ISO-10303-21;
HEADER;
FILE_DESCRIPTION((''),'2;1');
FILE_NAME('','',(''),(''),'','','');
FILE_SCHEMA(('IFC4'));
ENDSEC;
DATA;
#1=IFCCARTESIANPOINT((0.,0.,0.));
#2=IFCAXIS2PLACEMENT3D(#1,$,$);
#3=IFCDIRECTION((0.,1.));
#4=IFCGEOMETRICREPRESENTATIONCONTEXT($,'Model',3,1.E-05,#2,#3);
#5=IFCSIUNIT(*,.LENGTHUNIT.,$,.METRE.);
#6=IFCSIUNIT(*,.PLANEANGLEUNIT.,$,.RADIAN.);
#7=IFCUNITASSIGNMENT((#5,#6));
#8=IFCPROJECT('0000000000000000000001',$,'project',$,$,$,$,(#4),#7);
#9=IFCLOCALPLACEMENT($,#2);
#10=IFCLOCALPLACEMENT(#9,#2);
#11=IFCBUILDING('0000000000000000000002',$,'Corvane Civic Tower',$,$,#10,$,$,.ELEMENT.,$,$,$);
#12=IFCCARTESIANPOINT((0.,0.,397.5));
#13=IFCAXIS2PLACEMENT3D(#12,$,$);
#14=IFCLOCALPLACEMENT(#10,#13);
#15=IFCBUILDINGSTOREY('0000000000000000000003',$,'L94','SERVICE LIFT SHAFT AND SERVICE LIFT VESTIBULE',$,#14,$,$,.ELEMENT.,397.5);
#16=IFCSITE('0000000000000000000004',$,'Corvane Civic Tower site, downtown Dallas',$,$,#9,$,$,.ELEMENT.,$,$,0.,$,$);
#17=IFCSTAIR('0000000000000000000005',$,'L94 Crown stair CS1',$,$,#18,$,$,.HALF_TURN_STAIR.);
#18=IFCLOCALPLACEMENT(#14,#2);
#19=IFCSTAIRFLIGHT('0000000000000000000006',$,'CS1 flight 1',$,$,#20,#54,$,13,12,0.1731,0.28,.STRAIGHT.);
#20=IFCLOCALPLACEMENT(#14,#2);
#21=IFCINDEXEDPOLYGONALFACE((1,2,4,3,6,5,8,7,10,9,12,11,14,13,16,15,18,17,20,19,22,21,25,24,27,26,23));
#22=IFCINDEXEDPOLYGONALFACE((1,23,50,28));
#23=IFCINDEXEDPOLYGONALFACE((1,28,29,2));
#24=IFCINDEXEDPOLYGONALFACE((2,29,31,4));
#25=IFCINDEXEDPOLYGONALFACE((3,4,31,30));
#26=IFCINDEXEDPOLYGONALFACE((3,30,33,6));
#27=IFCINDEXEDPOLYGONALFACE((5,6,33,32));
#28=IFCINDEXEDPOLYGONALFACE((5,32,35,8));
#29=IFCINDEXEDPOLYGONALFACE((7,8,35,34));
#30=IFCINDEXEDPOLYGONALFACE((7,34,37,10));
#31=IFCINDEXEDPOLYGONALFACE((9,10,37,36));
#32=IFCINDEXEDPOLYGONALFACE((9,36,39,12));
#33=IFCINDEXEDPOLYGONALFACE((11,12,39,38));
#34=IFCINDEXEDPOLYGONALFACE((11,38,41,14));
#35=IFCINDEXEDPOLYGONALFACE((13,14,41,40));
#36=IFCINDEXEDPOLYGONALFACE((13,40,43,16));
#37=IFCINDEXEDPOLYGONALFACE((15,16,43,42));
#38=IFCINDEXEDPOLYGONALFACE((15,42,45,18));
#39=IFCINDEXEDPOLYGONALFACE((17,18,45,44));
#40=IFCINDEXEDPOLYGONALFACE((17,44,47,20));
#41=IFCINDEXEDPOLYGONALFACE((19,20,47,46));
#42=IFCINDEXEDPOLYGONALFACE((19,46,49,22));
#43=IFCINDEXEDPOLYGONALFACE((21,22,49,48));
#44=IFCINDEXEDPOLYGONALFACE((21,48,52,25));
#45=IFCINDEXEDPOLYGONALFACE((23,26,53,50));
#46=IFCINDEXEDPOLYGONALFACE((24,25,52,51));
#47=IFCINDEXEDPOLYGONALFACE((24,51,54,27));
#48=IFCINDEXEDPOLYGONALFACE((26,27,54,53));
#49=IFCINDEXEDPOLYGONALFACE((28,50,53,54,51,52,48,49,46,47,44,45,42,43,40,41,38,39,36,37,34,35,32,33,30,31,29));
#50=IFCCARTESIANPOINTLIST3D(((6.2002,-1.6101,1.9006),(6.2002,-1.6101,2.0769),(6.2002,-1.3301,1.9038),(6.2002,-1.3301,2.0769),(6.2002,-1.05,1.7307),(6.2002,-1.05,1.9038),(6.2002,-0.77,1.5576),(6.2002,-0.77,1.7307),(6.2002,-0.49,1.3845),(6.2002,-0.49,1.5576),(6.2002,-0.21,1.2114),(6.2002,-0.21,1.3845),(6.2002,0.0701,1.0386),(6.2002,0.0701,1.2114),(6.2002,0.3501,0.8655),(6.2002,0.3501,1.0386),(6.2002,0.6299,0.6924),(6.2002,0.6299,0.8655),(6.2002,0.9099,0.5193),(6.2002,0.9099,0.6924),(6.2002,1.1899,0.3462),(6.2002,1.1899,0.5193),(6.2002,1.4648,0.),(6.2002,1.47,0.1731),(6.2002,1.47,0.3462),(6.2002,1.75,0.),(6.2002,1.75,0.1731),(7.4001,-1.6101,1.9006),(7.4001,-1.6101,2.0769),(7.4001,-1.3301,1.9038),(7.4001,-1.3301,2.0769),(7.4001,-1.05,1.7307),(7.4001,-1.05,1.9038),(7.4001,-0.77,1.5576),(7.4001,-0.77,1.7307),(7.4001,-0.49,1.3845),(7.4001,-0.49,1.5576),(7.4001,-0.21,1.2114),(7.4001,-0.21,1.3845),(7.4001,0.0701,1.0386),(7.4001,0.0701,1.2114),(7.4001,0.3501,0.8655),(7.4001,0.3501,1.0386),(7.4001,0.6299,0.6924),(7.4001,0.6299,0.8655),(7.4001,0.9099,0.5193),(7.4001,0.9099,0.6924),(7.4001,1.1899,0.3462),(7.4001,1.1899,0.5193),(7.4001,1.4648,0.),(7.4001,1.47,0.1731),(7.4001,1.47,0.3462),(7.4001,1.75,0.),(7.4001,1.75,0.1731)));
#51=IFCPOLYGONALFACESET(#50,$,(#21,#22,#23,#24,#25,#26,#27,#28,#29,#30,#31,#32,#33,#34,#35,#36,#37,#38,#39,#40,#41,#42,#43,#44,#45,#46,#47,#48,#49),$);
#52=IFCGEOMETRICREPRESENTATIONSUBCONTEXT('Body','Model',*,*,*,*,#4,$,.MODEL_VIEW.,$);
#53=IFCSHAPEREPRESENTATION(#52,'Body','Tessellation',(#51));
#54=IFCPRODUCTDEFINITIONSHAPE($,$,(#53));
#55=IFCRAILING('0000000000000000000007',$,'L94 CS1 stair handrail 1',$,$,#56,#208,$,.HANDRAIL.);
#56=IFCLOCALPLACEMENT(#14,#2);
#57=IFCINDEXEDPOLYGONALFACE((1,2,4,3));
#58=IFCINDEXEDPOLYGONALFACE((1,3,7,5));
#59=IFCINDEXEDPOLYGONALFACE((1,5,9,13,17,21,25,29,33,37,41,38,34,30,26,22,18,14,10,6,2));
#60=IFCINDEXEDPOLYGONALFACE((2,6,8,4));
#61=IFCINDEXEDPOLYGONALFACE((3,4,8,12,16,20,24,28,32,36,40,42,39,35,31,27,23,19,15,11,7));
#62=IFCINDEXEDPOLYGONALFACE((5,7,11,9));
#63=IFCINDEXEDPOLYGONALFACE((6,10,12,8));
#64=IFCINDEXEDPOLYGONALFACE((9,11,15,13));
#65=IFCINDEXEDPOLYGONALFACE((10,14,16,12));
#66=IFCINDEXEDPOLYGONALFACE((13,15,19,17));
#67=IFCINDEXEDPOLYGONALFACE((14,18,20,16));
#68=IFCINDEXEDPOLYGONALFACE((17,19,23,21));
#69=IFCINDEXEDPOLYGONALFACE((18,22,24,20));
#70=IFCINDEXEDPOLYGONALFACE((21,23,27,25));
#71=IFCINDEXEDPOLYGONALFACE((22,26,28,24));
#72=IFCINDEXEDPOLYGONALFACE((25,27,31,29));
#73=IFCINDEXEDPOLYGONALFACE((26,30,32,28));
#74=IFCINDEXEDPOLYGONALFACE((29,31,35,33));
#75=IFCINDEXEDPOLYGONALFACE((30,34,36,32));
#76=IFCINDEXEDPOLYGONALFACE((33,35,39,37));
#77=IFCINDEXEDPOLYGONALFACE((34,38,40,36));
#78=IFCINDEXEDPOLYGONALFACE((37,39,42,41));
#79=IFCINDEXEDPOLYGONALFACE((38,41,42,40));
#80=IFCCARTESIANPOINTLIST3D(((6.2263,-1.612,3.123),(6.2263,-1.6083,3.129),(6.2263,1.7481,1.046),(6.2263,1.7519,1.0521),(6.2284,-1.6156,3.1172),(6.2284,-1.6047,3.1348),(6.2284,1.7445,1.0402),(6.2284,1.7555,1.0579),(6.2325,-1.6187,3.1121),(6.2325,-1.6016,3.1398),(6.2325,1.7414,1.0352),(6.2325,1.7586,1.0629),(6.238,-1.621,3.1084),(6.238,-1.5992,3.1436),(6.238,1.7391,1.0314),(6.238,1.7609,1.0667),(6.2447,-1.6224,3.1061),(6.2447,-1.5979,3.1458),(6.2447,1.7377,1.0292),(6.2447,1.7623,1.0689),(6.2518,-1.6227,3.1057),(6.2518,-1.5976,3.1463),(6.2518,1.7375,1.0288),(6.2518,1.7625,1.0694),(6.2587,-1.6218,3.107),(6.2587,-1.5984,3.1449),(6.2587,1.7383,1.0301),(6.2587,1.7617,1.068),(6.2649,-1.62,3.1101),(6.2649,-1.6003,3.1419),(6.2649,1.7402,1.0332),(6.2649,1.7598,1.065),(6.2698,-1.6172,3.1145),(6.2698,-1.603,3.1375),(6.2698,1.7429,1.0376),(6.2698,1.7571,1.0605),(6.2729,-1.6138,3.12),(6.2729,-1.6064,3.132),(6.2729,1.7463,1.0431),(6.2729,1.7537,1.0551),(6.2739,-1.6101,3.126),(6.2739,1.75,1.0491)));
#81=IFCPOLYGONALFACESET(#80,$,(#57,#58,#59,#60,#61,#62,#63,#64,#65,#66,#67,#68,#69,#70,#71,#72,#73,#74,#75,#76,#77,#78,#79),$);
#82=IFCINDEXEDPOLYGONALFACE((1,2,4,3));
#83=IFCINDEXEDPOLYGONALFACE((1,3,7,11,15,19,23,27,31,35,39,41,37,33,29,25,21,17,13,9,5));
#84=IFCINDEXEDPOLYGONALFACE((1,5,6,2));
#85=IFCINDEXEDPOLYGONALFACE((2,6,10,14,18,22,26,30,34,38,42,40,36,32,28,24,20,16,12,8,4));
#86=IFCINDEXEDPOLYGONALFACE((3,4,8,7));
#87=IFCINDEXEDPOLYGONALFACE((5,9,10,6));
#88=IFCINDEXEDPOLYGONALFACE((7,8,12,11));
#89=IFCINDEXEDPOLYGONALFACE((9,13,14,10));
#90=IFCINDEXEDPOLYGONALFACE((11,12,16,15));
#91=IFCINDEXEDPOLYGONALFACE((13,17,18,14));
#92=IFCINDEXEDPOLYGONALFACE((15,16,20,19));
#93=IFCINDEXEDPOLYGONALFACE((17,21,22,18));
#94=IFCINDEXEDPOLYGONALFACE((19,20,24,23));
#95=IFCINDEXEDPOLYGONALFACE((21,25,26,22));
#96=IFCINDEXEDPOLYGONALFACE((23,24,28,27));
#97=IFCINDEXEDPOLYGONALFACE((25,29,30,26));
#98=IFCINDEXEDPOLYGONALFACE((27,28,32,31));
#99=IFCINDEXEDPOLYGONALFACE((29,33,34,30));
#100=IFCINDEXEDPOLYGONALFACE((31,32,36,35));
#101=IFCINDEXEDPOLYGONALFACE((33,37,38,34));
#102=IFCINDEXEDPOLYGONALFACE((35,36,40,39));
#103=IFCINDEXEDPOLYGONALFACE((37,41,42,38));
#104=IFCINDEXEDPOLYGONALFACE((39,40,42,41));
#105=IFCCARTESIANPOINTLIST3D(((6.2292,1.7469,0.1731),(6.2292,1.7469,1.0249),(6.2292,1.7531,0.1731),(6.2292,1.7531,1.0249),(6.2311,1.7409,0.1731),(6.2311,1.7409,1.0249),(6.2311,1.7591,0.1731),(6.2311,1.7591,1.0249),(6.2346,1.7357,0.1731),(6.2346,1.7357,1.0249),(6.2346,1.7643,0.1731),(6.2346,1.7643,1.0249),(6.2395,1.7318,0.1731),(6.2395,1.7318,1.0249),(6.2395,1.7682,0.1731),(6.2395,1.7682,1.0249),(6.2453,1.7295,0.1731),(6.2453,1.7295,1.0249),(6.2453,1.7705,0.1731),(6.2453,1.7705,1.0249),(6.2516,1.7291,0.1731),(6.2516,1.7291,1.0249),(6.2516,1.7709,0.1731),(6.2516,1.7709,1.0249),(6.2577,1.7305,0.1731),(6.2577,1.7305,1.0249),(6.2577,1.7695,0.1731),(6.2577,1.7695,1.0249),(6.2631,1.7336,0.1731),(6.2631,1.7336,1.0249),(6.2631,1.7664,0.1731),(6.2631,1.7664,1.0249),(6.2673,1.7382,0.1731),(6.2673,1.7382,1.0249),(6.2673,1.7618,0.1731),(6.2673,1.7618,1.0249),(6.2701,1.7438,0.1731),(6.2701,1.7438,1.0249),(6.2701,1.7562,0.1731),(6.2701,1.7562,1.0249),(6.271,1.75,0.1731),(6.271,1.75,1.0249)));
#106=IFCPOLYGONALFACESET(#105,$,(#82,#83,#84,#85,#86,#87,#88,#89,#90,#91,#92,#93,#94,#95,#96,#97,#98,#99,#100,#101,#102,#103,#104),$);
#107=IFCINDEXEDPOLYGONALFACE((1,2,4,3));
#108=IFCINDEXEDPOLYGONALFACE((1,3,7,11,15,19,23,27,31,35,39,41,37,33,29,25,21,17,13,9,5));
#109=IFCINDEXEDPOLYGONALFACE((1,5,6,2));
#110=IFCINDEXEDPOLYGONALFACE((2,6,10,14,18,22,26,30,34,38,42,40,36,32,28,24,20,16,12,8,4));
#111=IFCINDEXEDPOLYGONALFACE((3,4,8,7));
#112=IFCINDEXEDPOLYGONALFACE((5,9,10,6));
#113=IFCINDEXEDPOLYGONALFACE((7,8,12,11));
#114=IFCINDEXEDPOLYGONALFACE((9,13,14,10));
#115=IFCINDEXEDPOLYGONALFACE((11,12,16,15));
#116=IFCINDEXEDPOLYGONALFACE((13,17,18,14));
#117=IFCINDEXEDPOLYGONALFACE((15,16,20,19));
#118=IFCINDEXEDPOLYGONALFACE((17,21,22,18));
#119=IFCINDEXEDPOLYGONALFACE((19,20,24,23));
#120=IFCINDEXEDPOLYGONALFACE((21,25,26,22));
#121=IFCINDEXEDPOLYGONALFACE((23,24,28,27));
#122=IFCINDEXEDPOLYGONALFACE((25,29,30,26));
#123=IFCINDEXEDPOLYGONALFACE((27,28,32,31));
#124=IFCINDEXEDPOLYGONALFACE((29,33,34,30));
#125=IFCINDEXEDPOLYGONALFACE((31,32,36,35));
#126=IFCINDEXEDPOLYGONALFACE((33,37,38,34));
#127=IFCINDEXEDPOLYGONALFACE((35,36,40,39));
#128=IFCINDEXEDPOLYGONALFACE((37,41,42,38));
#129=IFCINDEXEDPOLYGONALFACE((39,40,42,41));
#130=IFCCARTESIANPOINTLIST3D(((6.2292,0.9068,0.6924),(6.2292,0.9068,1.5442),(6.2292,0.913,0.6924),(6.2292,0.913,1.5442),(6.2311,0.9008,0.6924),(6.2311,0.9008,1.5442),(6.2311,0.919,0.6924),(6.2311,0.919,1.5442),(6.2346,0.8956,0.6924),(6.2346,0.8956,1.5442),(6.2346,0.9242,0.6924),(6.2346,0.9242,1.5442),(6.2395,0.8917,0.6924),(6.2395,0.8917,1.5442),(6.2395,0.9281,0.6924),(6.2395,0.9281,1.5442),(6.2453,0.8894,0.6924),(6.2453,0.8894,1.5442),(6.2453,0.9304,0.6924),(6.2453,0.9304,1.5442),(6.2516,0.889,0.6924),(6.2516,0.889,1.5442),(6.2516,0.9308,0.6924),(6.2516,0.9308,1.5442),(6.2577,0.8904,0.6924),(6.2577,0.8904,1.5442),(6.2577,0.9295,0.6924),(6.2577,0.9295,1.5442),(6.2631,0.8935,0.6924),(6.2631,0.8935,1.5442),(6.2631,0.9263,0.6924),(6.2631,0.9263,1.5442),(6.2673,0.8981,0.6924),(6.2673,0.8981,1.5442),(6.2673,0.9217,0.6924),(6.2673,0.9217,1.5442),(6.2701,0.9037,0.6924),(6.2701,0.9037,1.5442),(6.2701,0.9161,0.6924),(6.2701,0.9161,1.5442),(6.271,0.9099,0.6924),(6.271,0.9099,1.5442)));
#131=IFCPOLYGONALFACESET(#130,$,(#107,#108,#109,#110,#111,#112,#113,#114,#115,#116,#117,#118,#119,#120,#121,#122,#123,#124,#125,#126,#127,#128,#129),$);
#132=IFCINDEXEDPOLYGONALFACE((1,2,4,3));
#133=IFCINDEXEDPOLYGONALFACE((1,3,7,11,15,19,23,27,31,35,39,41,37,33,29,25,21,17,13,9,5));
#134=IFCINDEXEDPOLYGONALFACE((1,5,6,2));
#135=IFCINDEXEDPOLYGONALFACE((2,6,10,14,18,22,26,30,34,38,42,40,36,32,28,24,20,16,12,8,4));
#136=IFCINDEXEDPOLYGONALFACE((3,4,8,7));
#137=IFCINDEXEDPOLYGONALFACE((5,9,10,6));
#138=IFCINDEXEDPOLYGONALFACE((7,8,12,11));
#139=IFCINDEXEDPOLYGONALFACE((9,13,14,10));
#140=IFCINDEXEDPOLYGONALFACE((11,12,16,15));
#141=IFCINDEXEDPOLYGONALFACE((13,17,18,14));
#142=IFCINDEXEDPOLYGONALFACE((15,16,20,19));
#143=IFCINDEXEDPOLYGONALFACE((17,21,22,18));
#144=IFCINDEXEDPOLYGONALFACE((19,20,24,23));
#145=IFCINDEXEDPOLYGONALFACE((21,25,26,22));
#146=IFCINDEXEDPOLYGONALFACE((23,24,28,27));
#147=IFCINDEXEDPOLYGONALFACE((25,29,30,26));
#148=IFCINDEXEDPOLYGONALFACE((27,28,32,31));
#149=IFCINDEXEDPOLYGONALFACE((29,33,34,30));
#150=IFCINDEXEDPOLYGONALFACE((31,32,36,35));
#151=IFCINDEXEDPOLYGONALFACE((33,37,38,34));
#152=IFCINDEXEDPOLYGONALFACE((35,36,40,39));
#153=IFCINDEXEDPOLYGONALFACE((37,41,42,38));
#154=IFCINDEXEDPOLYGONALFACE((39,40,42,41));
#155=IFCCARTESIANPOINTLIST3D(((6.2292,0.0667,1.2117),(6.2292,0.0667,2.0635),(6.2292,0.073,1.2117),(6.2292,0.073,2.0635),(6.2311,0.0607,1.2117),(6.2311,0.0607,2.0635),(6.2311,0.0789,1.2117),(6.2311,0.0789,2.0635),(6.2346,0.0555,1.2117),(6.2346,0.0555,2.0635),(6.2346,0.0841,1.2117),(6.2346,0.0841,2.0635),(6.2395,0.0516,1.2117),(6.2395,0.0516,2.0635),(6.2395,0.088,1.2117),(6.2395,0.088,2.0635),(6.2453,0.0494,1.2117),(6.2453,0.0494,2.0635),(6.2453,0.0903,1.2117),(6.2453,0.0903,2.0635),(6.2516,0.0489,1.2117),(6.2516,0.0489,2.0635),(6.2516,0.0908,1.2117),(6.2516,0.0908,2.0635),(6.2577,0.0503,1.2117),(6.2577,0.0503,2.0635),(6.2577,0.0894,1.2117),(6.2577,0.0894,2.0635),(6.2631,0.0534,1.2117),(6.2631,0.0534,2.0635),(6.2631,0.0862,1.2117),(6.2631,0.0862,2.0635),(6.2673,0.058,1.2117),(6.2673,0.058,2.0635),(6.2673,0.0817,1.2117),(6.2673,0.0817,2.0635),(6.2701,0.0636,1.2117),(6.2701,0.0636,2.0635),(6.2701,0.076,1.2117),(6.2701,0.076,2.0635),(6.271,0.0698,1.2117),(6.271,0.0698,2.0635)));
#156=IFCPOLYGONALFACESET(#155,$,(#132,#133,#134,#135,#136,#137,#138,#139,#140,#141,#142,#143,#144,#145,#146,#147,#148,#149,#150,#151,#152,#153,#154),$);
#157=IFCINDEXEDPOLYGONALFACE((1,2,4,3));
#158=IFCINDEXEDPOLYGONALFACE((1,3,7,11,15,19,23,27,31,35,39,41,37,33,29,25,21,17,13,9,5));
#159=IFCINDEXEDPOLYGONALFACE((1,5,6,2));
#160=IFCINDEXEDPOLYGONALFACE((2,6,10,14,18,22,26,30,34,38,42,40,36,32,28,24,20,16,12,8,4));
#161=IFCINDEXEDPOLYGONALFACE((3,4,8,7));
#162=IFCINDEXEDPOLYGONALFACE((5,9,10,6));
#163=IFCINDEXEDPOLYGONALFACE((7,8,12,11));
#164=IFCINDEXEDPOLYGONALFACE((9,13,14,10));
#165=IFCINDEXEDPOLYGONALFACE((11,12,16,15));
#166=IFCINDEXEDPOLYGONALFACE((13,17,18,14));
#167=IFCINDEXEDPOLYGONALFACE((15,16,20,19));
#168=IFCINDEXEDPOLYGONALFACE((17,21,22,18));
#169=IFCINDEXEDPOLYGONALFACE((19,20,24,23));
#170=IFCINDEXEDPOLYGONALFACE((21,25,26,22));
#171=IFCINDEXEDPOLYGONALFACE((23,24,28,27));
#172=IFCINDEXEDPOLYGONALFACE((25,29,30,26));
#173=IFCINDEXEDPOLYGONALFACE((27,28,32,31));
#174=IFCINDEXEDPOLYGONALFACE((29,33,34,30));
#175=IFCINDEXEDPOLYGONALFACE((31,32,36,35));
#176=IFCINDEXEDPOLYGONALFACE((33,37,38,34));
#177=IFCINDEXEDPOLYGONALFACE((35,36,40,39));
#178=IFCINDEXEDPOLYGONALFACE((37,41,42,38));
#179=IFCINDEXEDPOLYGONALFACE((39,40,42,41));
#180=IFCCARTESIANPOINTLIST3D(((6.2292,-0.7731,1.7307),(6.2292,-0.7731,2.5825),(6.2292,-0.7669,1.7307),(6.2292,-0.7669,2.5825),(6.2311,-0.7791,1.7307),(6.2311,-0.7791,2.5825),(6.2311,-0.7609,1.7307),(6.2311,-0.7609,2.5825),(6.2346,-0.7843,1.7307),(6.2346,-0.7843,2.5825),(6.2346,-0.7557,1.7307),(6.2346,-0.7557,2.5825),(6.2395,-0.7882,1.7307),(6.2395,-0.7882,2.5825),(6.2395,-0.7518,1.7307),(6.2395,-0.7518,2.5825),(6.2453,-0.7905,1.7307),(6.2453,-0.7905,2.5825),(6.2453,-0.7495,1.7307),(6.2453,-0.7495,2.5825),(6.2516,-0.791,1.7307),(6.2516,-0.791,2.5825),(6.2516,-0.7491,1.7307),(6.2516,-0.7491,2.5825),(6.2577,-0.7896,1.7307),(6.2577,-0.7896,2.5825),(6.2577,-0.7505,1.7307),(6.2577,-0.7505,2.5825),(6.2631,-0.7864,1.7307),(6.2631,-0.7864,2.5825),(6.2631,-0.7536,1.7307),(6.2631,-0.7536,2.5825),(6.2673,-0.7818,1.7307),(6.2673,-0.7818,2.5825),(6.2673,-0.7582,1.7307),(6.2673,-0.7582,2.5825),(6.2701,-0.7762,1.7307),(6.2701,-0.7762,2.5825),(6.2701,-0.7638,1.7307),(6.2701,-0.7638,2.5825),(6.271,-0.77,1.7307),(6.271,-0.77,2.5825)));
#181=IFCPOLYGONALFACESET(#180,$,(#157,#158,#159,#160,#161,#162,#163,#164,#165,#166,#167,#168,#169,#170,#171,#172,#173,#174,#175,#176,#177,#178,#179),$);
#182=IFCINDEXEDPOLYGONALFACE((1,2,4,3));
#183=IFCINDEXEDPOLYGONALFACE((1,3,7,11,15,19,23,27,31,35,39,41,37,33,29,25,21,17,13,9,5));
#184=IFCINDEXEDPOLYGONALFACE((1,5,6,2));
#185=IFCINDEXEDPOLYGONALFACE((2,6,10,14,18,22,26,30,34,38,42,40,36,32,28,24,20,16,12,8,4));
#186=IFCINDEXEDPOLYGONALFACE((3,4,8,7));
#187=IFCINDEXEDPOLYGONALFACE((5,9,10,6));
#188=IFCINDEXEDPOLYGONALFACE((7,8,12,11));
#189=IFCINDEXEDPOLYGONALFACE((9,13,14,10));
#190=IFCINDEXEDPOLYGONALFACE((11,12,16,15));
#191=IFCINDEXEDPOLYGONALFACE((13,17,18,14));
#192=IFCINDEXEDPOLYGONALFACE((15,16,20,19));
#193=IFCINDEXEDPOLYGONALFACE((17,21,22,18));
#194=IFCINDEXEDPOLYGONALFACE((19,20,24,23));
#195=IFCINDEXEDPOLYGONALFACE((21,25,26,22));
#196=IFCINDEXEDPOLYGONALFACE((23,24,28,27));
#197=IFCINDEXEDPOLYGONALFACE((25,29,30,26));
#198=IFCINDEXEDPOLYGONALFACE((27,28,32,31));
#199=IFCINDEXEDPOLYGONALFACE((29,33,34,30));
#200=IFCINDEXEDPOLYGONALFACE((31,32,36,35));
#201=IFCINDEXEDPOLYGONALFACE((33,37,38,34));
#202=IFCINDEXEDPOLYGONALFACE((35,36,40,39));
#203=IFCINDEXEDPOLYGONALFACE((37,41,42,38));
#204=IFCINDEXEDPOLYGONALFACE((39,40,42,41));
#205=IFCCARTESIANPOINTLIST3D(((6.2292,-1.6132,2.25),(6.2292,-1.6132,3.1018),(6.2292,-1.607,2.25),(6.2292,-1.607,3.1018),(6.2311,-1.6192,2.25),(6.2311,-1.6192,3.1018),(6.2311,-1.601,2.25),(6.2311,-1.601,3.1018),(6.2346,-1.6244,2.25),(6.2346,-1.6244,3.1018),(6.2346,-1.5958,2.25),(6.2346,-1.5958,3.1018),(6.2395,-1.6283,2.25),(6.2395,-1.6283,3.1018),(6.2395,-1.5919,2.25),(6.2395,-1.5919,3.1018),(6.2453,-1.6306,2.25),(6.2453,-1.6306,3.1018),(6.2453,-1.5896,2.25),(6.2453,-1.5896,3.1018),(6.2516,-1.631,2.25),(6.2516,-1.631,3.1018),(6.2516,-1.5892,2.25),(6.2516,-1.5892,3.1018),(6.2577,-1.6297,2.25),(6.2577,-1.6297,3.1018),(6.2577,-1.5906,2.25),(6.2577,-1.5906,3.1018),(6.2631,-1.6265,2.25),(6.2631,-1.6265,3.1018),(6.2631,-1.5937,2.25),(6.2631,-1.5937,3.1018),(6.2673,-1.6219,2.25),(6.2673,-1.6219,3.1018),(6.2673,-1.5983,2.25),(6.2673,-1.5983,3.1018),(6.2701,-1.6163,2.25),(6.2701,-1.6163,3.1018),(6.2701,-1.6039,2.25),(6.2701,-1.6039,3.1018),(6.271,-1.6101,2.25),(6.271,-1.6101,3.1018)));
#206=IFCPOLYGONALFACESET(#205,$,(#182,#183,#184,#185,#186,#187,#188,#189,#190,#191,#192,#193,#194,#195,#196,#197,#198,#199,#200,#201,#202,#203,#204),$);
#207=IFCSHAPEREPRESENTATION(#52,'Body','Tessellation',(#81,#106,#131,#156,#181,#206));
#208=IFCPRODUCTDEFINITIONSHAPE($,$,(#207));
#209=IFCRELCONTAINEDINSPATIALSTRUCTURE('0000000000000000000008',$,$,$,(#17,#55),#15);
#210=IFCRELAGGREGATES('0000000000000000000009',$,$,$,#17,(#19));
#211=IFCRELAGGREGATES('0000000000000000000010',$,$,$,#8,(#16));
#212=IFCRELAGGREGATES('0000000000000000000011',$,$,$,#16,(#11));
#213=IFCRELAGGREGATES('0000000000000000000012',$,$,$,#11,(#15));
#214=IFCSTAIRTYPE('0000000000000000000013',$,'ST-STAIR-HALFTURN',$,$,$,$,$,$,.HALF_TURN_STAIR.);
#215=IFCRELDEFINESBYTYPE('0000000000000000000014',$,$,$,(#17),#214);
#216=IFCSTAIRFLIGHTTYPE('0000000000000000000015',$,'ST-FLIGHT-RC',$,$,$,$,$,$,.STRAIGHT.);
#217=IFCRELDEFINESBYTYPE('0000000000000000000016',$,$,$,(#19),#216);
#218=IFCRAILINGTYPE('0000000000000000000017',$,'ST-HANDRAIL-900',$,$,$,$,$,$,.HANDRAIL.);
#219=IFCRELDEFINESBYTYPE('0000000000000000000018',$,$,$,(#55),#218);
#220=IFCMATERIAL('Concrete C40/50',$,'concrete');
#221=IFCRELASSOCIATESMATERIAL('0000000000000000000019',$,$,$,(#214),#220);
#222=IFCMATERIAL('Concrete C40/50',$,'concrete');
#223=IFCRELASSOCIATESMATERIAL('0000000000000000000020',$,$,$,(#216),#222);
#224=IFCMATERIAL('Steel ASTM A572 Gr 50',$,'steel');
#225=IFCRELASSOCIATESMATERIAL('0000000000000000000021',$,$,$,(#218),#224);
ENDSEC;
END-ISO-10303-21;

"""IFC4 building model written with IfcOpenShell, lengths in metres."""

from ifc_helpers import new_model, si_unit, direction, frame, origin, origin_2d, place, context, subcontext, project, spatial, polyline, circle, outline, extrude, material, type_object, element, aggregate, save


model = new_model("IFC4")

# Units and contexts
model_context = context("Model", 3, precision=1e-05, world=origin(), true_north=direction((0.0, 1.0)))
body_context = subcontext(model_context, "Body", "Model", "MODEL_VIEW")
ifc_project = project(units=[si_unit("LENGTHUNIT", "METRE"), si_unit("PLANEANGLEUNIT", "RADIAN")], contexts=[model_context])

# Site, building, storey
site_placement = place(None, origin())
site = spatial("IfcSite", under=ifc_project, at=site_placement, Name="Corvane Civic Tower site, downtown Dallas", CompositionType="ELEMENT", RefElevation=0.0)
building_placement = place(site_placement, origin())
building = spatial("IfcBuilding", under=site, at=building_placement, Name="Corvane Civic Tower", CompositionType="ELEMENT")
storey_placement = place(building_placement, frame((0.0, 0.0, 397.5)))
storey = spatial("IfcBuildingStorey", under=building, at=storey_placement, Name="L94", Description="SERVICE LIFT SHAFT AND SERVICE LIFT VESTIBULE", CompositionType="ELEMENT", Elevation=397.5)

# Stair, stair flight
ifc_material_1 = material(Name="Concrete C40/50", Category="concrete")
stair_type = type_object("IfcStairType", Name="ST-STAIR-HALFTURN", PredefinedType="HALF_TURN_STAIR", material=ifc_material_1)
stair_placement = place(storey_placement, origin())
stair = element("IfcStair", 1, at=stair_placement, inside=storey, type_object=stair_type, Name="L94 Crown stair CS1", PredefinedType="HALF_TURN_STAIR")
ifc_material_2 = material(Name="Concrete C40/50", Category="concrete")
stair_flight_type = type_object("IfcStairFlightType", Name="ST-FLIGHT-RC", PredefinedType="STRAIGHT", material=ifc_material_2)
stair_flight_placement = place(storey_placement, frame((6.8, 1.75, 0.0), z_axis=(0.0, 0.0, 1.0), x_axis=(0.0, -1.0, 0.0)))
stair_flight = element("IfcStairFlight", 2, at=stair_flight_placement, type_object=stair_flight_type, Name="CS1 flight 1", NumberOfRisers=13, NumberOfTreads=12, PredefinedType="STRAIGHT", RiserHeight=0.1731, TreadLength=0.28, context=body_context, shape_type="SweptSolid", body=[
    extrude(outline(polyline([(0.0, 0.0), (0.0, 0.1731), (0.28, 0.1731), (0.28, 0.3462), (0.5601, 0.3462), (0.5601, 0.5193), (0.8401, 0.5193), (0.8401, 0.6924), (1.1201, 0.6924), (1.1201, 0.8655), (1.3999, 0.8655), (1.3999, 1.0386), (1.6799, 1.0386), (1.6799, 1.2114), (1.96, 1.2114), (1.96, 1.3845), (2.24, 1.3845), (2.24, 1.5576), (2.52, 1.5576), (2.52, 1.7307), (2.8, 1.7307), (2.8, 1.9038), (3.0801, 1.9038), (3.0801, 2.0769), (3.3601, 2.0769), (3.3601, 2.25), (3.3601, 1.9006), (0.2852, 0.0), (0.0, 0.0)])), frame((0.0, 0.6001, 0.0), z_axis=(0.0, -1.0, 0.0), x_axis=(1.0, 0.0, 0.0)), (0.0, 0.0, 1.0), 1.2),
])
aggregate(stair, [stair_flight])

# Railing
ifc_material_3 = material(Name="Steel ASTM A572 Gr 50", Category="steel")
railing_type_1 = type_object("IfcRailingType", Name="ST-HANDRAIL-900", PredefinedType="HANDRAIL", material=ifc_material_3)
railing_1_placement = place(storey_placement, frame((6.25, 1.75, 0.1731)))
element("IfcRailing", 3, at=railing_1_placement, inside=storey, type_object=railing_type_1, Name="L94 CS1 stair handrail 1", PredefinedType="HANDRAIL", context=body_context, shape_type="SweptSolid", body=[
    extrude(circle(Radius=0.0239, at=origin_2d()), frame((0.0, 0.0, 0.876), z_axis=(0.0, -0.850623, 0.525776), x_axis=(1.0, 0.0, 0.0)), (0.0, 0.0, 1.0), 3.9502),
    extrude(circle(Radius=0.021, at=origin_2d()), origin(), (0.0, 0.0, 1.0), 0.8518),
    extrude(circle(Radius=0.021, at=origin_2d()), frame((0.0, -0.8401, 0.5193)), (0.0, 0.0, 1.0), 0.8518),
    extrude(circle(Radius=0.021, at=origin_2d()), frame((0.0, -1.6802, 1.0386)), (0.0, 0.0, 1.0), 0.8518),
    extrude(circle(Radius=0.021, at=origin_2d()), frame((0.0, -2.52, 1.5576)), (0.0, 0.0, 1.0), 0.8518),
    extrude(circle(Radius=0.021, at=origin_2d()), frame((0.0, -3.3601, 2.0769)), (0.0, 0.0, 1.0), 0.8518),
])

save(model, "model.ifc")
